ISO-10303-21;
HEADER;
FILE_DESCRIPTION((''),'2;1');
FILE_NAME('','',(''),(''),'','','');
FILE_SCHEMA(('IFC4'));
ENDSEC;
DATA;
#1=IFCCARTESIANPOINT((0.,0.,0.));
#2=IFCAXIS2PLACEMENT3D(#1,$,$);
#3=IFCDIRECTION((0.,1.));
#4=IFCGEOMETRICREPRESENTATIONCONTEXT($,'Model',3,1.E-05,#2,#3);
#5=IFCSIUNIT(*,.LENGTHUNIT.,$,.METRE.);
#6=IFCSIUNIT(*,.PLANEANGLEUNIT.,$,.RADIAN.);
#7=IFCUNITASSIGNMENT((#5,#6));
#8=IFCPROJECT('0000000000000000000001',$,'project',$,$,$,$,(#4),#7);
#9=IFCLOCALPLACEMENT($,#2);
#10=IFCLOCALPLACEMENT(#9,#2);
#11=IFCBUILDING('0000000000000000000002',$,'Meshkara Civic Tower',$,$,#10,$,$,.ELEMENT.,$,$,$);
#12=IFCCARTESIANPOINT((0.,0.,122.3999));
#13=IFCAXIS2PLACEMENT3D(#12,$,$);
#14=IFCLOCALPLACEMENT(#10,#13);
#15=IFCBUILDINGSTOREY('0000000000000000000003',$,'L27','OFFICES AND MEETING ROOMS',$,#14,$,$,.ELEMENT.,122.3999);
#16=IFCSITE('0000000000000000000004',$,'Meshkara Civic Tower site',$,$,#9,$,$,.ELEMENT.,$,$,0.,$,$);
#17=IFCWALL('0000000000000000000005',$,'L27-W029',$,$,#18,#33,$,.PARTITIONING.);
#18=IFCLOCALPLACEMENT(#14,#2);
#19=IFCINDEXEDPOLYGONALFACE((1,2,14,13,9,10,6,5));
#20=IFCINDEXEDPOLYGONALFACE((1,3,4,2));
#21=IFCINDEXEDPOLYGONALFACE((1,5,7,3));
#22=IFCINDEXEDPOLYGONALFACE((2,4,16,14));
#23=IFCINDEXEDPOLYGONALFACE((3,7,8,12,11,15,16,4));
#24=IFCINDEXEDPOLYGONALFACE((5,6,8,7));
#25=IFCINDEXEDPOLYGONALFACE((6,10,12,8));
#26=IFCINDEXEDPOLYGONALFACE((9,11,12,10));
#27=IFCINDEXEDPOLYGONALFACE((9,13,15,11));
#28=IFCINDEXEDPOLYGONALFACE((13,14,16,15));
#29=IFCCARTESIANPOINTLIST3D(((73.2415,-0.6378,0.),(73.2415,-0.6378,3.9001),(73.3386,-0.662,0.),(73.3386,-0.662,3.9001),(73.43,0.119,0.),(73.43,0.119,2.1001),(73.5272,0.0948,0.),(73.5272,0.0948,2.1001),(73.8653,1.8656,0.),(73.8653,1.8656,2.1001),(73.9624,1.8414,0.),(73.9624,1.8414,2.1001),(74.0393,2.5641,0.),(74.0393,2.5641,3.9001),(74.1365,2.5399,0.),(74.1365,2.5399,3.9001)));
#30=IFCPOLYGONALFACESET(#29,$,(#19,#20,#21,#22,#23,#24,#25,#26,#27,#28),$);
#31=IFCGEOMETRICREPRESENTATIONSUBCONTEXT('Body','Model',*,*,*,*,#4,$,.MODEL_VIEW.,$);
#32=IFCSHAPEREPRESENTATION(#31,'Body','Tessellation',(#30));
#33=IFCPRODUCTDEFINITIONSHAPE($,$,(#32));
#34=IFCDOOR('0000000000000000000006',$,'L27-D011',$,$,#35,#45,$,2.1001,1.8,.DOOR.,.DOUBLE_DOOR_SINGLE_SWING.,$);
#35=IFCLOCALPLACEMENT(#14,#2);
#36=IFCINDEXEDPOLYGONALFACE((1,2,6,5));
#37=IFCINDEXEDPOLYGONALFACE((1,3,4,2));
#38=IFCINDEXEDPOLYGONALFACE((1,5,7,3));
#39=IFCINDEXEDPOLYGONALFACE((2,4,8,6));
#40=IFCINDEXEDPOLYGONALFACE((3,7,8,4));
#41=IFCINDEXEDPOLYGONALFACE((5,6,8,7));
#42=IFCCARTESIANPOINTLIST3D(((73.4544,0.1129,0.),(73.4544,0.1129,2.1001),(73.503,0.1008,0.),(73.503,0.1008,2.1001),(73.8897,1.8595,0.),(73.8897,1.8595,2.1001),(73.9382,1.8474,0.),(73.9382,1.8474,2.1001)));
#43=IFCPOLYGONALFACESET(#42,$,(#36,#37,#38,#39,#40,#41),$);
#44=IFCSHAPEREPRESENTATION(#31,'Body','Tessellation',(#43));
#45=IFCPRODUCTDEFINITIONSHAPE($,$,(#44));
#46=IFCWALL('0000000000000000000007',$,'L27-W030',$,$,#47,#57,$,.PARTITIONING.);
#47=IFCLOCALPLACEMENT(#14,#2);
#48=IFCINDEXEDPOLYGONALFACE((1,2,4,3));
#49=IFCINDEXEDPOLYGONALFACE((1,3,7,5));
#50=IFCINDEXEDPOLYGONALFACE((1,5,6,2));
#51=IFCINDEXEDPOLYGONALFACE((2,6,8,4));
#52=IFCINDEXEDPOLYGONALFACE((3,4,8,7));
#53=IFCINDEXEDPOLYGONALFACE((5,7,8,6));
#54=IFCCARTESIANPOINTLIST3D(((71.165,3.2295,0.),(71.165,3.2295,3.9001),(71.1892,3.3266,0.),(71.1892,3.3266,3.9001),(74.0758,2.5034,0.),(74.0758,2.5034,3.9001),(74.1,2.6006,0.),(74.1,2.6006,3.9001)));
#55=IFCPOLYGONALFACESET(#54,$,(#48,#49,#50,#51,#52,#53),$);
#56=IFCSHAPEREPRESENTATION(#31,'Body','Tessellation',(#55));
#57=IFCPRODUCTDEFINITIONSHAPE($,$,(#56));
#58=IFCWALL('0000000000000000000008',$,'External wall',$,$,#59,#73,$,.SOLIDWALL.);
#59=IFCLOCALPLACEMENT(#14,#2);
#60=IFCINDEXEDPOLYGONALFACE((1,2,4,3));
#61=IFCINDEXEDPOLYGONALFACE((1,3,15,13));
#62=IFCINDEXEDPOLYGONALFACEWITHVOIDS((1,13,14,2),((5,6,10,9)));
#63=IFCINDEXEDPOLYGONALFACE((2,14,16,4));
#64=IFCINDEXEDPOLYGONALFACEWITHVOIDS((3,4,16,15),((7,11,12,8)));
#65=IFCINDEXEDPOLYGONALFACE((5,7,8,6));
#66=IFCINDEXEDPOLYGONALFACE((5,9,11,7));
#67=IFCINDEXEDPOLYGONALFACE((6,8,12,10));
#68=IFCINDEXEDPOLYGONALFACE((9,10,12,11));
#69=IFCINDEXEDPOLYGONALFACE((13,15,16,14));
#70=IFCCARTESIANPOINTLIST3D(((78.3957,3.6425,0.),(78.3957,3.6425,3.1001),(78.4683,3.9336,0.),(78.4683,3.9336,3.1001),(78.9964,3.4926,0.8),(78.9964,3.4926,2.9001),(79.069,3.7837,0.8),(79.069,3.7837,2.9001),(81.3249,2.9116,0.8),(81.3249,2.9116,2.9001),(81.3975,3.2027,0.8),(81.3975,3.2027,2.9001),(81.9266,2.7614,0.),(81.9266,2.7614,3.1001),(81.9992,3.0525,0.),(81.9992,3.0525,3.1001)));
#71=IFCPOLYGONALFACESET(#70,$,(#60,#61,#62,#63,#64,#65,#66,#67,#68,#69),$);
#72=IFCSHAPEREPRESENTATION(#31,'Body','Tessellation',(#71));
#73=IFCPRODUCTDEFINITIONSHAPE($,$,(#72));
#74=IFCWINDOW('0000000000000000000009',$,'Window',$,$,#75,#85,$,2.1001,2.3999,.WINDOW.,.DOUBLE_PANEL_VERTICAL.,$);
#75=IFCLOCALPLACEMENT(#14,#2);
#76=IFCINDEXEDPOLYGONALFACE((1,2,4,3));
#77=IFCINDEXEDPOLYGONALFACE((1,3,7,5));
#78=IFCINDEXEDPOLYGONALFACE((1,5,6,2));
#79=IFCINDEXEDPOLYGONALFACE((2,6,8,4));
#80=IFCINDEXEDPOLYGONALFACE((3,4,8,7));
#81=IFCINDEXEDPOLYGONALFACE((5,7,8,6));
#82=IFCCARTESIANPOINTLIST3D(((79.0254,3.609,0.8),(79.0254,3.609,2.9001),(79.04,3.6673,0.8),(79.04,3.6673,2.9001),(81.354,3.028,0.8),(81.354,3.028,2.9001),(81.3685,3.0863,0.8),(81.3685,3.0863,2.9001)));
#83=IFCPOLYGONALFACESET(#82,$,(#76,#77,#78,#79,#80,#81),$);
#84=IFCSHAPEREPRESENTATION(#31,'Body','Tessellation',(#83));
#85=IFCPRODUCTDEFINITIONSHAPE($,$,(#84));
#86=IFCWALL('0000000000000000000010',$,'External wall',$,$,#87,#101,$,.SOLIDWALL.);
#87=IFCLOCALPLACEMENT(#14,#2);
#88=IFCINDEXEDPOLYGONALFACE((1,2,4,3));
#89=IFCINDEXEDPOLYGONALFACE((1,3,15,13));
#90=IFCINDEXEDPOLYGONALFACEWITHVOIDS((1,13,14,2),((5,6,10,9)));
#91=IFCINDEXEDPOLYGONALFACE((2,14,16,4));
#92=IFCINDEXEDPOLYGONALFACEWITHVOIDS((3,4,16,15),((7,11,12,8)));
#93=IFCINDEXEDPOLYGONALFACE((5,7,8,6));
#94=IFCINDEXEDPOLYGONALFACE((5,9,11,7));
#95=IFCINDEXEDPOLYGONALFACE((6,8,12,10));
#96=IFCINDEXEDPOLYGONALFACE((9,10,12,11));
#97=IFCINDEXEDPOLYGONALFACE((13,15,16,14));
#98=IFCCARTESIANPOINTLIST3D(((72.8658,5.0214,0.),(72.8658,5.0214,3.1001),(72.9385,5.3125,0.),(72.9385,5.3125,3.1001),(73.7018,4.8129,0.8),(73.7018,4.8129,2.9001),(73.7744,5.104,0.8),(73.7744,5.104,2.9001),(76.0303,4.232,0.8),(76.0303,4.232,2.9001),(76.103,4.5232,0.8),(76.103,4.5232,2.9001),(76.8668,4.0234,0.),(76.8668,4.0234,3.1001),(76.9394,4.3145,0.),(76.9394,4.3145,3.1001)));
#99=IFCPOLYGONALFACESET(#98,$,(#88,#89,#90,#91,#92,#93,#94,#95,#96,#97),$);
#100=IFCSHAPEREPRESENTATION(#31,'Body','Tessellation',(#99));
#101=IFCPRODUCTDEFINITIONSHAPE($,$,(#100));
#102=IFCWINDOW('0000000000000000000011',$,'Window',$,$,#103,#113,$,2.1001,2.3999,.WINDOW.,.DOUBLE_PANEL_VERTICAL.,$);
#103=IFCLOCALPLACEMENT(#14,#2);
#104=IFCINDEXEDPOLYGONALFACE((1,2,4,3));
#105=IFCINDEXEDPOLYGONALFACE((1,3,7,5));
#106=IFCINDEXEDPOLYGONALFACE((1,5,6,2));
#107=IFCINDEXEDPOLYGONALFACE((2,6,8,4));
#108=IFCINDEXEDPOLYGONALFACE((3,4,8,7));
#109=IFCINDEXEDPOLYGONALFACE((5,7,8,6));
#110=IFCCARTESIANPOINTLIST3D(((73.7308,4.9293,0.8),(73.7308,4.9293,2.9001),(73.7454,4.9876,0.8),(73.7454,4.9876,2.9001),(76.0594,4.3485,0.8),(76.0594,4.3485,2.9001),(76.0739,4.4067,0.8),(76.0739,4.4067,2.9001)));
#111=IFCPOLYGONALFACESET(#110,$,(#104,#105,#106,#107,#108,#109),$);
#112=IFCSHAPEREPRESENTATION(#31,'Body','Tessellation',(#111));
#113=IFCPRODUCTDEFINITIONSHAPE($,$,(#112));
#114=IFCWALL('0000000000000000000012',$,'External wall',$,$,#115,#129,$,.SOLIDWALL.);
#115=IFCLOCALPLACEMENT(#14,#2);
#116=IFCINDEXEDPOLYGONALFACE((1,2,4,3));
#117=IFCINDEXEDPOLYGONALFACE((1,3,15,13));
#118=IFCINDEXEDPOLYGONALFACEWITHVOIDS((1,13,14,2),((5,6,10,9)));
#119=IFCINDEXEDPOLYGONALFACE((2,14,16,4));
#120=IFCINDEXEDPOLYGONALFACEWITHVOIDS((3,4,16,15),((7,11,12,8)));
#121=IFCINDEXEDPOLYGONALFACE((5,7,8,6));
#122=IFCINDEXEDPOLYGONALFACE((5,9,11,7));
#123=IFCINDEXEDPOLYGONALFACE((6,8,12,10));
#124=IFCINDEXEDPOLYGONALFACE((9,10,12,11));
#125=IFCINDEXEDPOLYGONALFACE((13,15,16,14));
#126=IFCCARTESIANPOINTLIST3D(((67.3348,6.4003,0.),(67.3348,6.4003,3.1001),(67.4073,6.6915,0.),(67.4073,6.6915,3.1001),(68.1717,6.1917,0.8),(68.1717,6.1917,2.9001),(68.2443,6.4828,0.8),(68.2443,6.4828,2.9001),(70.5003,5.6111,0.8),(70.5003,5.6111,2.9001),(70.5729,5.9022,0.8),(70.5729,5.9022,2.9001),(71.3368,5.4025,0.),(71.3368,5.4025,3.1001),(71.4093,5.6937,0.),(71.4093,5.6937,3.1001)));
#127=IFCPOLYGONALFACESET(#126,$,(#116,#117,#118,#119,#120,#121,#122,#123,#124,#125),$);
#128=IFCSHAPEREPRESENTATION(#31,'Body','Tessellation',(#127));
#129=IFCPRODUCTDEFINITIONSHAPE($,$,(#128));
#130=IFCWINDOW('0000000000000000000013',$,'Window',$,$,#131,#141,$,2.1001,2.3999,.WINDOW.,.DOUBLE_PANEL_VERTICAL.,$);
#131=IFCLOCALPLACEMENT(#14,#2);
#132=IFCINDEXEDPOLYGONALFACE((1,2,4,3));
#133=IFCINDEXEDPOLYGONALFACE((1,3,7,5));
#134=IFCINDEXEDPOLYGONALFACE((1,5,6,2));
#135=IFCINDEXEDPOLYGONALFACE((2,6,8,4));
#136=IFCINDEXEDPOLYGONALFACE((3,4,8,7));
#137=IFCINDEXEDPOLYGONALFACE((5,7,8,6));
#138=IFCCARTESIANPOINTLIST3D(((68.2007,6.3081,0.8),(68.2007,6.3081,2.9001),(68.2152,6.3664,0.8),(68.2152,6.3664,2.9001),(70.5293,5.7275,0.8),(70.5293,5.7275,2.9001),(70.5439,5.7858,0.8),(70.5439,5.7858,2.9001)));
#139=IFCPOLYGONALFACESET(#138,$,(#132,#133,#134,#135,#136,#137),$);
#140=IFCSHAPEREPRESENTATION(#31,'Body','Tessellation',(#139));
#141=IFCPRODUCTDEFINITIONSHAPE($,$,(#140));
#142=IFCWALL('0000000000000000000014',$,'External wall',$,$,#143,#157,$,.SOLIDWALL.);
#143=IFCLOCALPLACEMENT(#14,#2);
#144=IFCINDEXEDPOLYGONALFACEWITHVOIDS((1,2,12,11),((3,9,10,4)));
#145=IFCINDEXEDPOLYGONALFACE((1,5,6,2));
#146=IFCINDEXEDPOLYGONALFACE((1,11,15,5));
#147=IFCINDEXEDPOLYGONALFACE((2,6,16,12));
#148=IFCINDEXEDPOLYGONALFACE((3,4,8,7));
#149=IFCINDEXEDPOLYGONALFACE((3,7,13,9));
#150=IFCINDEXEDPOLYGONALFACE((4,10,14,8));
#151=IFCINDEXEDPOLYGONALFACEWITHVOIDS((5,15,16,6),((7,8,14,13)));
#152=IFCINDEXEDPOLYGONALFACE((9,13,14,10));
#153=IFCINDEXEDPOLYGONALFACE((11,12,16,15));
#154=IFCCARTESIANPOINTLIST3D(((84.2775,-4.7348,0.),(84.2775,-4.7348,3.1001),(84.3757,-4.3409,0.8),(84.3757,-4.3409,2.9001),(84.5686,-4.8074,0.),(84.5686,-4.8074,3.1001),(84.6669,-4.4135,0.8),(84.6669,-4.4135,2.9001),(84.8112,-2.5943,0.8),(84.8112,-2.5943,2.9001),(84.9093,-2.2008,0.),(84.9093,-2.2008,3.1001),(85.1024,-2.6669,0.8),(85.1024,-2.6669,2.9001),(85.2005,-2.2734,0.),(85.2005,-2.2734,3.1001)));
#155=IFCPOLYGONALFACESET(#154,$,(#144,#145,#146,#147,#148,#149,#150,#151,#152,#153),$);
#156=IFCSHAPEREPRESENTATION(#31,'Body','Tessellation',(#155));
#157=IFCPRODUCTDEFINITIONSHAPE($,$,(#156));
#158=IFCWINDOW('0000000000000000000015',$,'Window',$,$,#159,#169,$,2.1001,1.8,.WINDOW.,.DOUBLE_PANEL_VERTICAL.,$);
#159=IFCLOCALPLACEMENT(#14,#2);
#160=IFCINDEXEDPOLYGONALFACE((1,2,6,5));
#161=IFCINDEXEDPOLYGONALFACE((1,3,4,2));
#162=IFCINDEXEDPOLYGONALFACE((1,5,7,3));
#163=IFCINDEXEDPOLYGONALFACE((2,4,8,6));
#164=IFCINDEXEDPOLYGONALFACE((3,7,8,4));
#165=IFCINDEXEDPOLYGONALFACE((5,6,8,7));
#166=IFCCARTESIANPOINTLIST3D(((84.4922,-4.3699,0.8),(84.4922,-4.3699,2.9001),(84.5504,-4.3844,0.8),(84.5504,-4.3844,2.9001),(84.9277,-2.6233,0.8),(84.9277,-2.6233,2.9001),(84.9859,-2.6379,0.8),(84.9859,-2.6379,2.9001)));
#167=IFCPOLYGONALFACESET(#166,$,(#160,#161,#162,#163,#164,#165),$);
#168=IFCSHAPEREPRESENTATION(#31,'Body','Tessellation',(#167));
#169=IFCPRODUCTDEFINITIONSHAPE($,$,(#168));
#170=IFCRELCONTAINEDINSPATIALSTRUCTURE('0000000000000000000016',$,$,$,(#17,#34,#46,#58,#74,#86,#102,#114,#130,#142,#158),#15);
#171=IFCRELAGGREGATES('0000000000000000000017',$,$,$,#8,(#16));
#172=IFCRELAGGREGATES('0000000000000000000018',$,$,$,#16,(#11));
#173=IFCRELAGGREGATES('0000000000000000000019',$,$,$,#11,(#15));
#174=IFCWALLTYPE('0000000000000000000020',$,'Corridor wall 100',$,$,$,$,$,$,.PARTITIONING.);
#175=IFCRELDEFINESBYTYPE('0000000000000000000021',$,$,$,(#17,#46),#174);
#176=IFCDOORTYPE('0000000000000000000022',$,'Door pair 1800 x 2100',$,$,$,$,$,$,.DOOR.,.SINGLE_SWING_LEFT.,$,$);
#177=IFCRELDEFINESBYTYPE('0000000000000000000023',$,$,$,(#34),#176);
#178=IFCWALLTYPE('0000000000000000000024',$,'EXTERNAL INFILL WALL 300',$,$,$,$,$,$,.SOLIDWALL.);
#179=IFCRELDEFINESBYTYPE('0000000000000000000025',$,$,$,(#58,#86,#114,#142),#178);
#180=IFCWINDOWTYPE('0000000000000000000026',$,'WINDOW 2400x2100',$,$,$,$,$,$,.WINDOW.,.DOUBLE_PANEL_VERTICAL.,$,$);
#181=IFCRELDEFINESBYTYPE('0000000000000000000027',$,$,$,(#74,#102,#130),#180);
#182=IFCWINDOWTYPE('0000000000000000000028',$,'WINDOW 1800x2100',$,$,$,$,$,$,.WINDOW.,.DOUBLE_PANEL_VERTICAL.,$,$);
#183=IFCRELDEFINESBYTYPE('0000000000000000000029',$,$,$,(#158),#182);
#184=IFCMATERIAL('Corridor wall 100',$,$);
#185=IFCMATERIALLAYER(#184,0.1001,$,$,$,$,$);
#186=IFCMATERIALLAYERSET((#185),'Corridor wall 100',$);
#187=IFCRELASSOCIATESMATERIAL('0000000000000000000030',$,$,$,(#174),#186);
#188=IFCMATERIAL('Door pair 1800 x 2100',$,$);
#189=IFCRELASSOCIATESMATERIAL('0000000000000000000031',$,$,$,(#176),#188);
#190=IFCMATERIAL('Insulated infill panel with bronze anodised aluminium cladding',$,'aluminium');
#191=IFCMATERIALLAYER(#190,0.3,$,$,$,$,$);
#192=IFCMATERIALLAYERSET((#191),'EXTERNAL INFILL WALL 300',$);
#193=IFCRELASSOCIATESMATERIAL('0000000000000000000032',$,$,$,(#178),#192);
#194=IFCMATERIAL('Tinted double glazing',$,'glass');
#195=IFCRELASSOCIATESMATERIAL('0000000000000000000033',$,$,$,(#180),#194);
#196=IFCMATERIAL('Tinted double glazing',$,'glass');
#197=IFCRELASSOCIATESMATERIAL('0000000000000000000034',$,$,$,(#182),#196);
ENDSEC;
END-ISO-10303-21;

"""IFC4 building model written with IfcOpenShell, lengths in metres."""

from ifc_helpers import new_model, si_unit, direction, frame, frame_2d, origin, place, context, subcontext, project, spatial, rectangle, extrude, material, layer, layer_set, type_object, element, fill, save


model = new_model("IFC4")

# Units and contexts
model_context = context("Model", 3, precision=1e-05, world=origin(), true_north=direction((0.0, 1.0)))
body_context = subcontext(model_context, "Body", "Model", "MODEL_VIEW")
ifc_project = project(units=[si_unit("LENGTHUNIT", "METRE"), si_unit("PLANEANGLEUNIT", "RADIAN")], contexts=[model_context])

# Site, building, storey
site_placement = place(None, origin())
site = spatial("IfcSite", under=ifc_project, at=site_placement, Name="Meshkara Civic Tower site", CompositionType="ELEMENT", RefElevation=0.0)
building_placement = place(site_placement, origin())
building = spatial("IfcBuilding", under=site, at=building_placement, Name="Meshkara Civic Tower", CompositionType="ELEMENT")
storey_placement = place(building_placement, frame((0.0, 0.0, 122.3999)))
storey = spatial("IfcBuildingStorey", under=building, at=storey_placement, Name="L27", Description="OFFICES AND MEETING ROOMS", CompositionType="ELEMENT", Elevation=122.3999)

# Shared definitions
ifc_material_1 = material(Name="Corridor wall 100")
ifc_layer_1 = layer(ifc_material_1, 0.1001)
ifc_layer_set_1 = layer_set([ifc_layer_1], Name="Corridor wall 100")
wall_type_1 = type_object("IfcWallType", Name="Corridor wall 100", PredefinedType="PARTITIONING", material=ifc_layer_set_1)

# Wall, opening, door
ifc_material_2 = material(Name="Door pair 1800 x 2100")
door_type = type_object("IfcDoorType", Name="Door pair 1800 x 2100", OperationType="SINGLE_SWING_LEFT", PredefinedType="DOOR", material=ifc_material_2)
wall_1_placement = place(storey_placement, frame((73.29, -0.6499, 0.0), z_axis=(0.0, 0.0, 1.0), x_axis=(0.241787, 0.970329, 0.0)))
wall_1 = element("IfcWall", 1, at=wall_1_placement, inside=storey, type_object=wall_type_1, Name="L27-W029", PredefinedType="PARTITIONING", context=body_context, shape_type="SweptSolid", body=[
    extrude(rectangle(XDim=3.2998, YDim=0.1001, at=frame_2d((1.6499, 0.0))), origin(), (0.0, 0.0, 1.0), 3.9001),
])
opening_1_placement = place(wall_1_placement, frame((0.78, 0.0, 0.0)))
opening_1 = element("IfcOpeningElement", 2, at=opening_1_placement, cuts=wall_1, PredefinedType="OPENING", context=body_context, shape_type="SweptSolid", body=[
    extrude(rectangle(XDim=1.8, YDim=2.1001, at=frame_2d((0.8999, 1.05))), frame((0.0, 0.0601, 0.0), z_axis=(0.0, -1.0, 0.0), x_axis=(1.0, 0.0, 0.0)), (0.0, 0.0, 1.0), 0.1201),
])
door_1_placement = place(opening_1_placement, origin())
door_1 = element("IfcDoor", 3, at=door_1_placement, inside=storey, type_object=door_type, Name="L27-D011", OperationType="DOUBLE_DOOR_SINGLE_SWING", OverallHeight=2.1001, OverallWidth=1.8, PredefinedType="DOOR", context=body_context, shape_type="SweptSolid", body=[
    extrude(rectangle(XDim=1.8, YDim=2.1001, at=frame_2d((0.8999, 1.05))), frame((0.0, 0.0249, 0.0), z_axis=(0.0, -1.0, 0.0), x_axis=(1.0, 0.0, 0.0)), (0.0, 0.0, 1.0), 0.05),
])
fill(opening_1, door_1)

# Wall
wall_2_placement = place(storey_placement, frame((74.0879, 2.552, 0.0), z_axis=(0.0, 0.0, 1.0), x_axis=(-0.970272, 0.242019, 0.0)))
element("IfcWall", 4, at=wall_2_placement, inside=storey, type_object=wall_type_1, Name="L27-W030", PredefinedType="PARTITIONING", context=body_context, shape_type="SweptSolid", body=[
    extrude(rectangle(XDim=3.0, YDim=0.1001, at=frame_2d((1.5, 0.0))), origin(), (0.0, 0.0, 1.0), 3.9001),
])

# Walls, openings, windows
ifc_material_3 = material(Name="Insulated infill panel with bronze anodised aluminium cladding", Category="aluminium")
ifc_layer_2 = layer(ifc_material_3, 0.3)
ifc_layer_set_2 = layer_set([ifc_layer_2], Name="EXTERNAL INFILL WALL 300")
wall_type_2 = type_object("IfcWallType", Name="EXTERNAL INFILL WALL 300", PredefinedType="SOLIDWALL", material=ifc_layer_set_2)
wall_3_placement = place(storey_placement, frame((81.9629, 2.907, 0.0), z_axis=(0.0, 0.0, 1.0), x_axis=(-0.970249, 0.242109, 0.0)))
wall_3 = element("IfcWall", 5, at=wall_3_placement, inside=storey, type_object=wall_type_2, Name="External wall", PredefinedType="SOLIDWALL", context=body_context, shape_type="SweptSolid", body=[
    extrude(rectangle(XDim=3.6392, YDim=0.3, at=frame_2d((1.8196, 0.0))), origin(), (0.0, 0.0, 1.0), 3.1001),
])
opening_2_placement = place(wall_3_placement, frame((0.6201, 0.0, 0.8)))
opening_2 = element("IfcOpeningElement", 6, at=opening_2_placement, cuts=wall_3, PredefinedType="OPENING", context=body_context, shape_type="SweptSolid", body=[
    extrude(rectangle(XDim=2.3999, YDim=2.1001, at=frame_2d((1.2, 1.05))), frame((0.0, 0.1599, 0.0), z_axis=(0.0, -1.0, 0.0), x_axis=(1.0, 0.0, 0.0)), (0.0, 0.0, 1.0), 0.3201),
])
ifc_material_4 = material(Name="Tinted double glazing", Category="glass")
window_type_1 = type_object("IfcWindowType", Name="WINDOW 2400x2100", PartitioningType="DOUBLE_PANEL_VERTICAL", PredefinedType="WINDOW", material=ifc_material_4)
window_1_placement = place(opening_2_placement, origin())
window_1 = element("IfcWindow", 7, at=window_1_placement, inside=storey, type_object=window_type_1, Name="Window", OverallHeight=2.1001, OverallWidth=2.3999, PartitioningType="DOUBLE_PANEL_VERTICAL", PredefinedType="WINDOW", context=body_context, shape_type="SweptSolid", body=[
    extrude(rectangle(XDim=2.3999, YDim=2.1001, at=frame_2d((1.2, 1.05))), frame((0.0, 0.03, 0.0), z_axis=(0.0, -1.0, 0.0), x_axis=(1.0, 0.0, 0.0)), (0.0, 0.0, 1.0), 0.0601),
])
fill(opening_2, window_1)
wall_4_placement = place(storey_placement, frame((76.9031, 4.1689, 0.0), z_axis=(0.0, 0.0, 1.0), x_axis=(-0.970268, 0.242034, 0.0)))
wall_4 = element("IfcWall", 8, at=wall_4_placement, inside=storey, type_object=wall_type_2, Name="External wall", PredefinedType="SOLIDWALL", context=body_context, shape_type="SweptSolid", body=[
    extrude(rectangle(XDim=4.1235, YDim=0.3, at=frame_2d((2.0618, 0.0))), origin(), (0.0, 0.0, 1.0), 3.1001),
])
opening_3_placement = place(wall_4_placement, frame((0.8621, 0.0, 0.8)))
opening_3 = element("IfcOpeningElement", 9, at=opening_3_placement, cuts=wall_4, PredefinedType="OPENING", context=body_context, shape_type="SweptSolid", body=[
    extrude(rectangle(XDim=2.3999, YDim=2.1001, at=frame_2d((1.2, 1.05))), frame((0.0, 0.1599, 0.0), z_axis=(0.0, -1.0, 0.0), x_axis=(1.0, 0.0, 0.0)), (0.0, 0.0, 1.0), 0.3201),
])
window_2_placement = place(opening_3_placement, origin())
window_2 = element("IfcWindow", 10, at=window_2_placement, inside=storey, type_object=window_type_1, Name="Window", OverallHeight=2.1001, OverallWidth=2.3999, PartitioningType="DOUBLE_PANEL_VERTICAL", PredefinedType="WINDOW", context=body_context, shape_type="SweptSolid", body=[
    extrude(rectangle(XDim=2.3999, YDim=2.1001, at=frame_2d((1.2, 1.05))), frame((0.0, 0.03, 0.0), z_axis=(0.0, -1.0, 0.0), x_axis=(1.0, 0.0, 0.0)), (0.0, 0.0, 1.0), 0.0601),
])
fill(opening_3, window_2)
wall_5_placement = place(storey_placement, frame((71.373, 5.5481, 0.0), z_axis=(0.0, 0.0, 1.0), x_axis=(-0.970296, 0.241923, 0.0)))
wall_5 = element("IfcWall", 11, at=wall_5_placement, inside=storey, type_object=wall_type_2, Name="External wall", PredefinedType="SOLIDWALL", context=body_context, shape_type="SweptSolid", body=[
    extrude(rectangle(XDim=4.1245, YDim=0.3, at=frame_2d((2.0623, 0.0))), origin(), (0.0, 0.0, 1.0), 3.1001),
])
opening_4_placement = place(wall_5_placement, frame((0.8621, 0.0, 0.8)))
opening_4 = element("IfcOpeningElement", 12, at=opening_4_placement, cuts=wall_5, PredefinedType="OPENING", context=body_context, shape_type="SweptSolid", body=[
    extrude(rectangle(XDim=2.3999, YDim=2.1001, at=frame_2d((1.2, 1.05))), frame((0.0, 0.1599, 0.0), z_axis=(0.0, -1.0, 0.0), x_axis=(1.0, 0.0, 0.0)), (0.0, 0.0, 1.0), 0.3201),
])
window_3_placement = place(opening_4_placement, origin())
window_3 = element("IfcWindow", 13, at=window_3_placement, inside=storey, type_object=window_type_1, Name="Window", OverallHeight=2.1001, OverallWidth=2.3999, PartitioningType="DOUBLE_PANEL_VERTICAL", PredefinedType="WINDOW", context=body_context, shape_type="SweptSolid", body=[
    extrude(rectangle(XDim=2.3999, YDim=2.1001, at=frame_2d((1.2, 1.05))), frame((0.0, 0.03, 0.0), z_axis=(0.0, -1.0, 0.0), x_axis=(1.0, 0.0, 0.0)), (0.0, 0.0, 1.0), 0.0601),
])
fill(opening_4, window_3)
wall_6_placement = place(storey_placement, frame((84.4231, -4.771, 0.0), z_axis=(0.0, 0.0, 1.0), x_axis=(0.241942, 0.970291, 0.0)))
wall_6 = element("IfcWall", 14, at=wall_6_placement, inside=storey, type_object=wall_type_2, Name="External wall", PredefinedType="SOLIDWALL", context=body_context, shape_type="SweptSolid", body=[
    extrude(rectangle(XDim=2.6116, YDim=0.3, at=frame_2d((1.3057, 0.0))), origin(), (0.0, 0.0, 1.0), 3.1001),
])
opening_5_placement = place(wall_6_placement, frame((0.406, 0.0, 0.8)))
opening_5 = element("IfcOpeningElement", 15, at=opening_5_placement, cuts=wall_6, PredefinedType="OPENING", context=body_context, shape_type="SweptSolid", body=[
    extrude(rectangle(XDim=1.8, YDim=2.1001, at=frame_2d((0.8999, 1.05))), frame((0.0, 0.1599, 0.0), z_axis=(0.0, -1.0, 0.0), x_axis=(1.0, 0.0, 0.0)), (0.0, 0.0, 1.0), 0.3201),
])
ifc_material_5 = material(Name="Tinted double glazing", Category="glass")
window_type_2 = type_object("IfcWindowType", Name="WINDOW 1800x2100", PartitioningType="DOUBLE_PANEL_VERTICAL", PredefinedType="WINDOW", material=ifc_material_5)
window_4_placement = place(opening_5_placement, origin())
window_4 = element("IfcWindow", 16, at=window_4_placement, inside=storey, type_object=window_type_2, Name="Window", OverallHeight=2.1001, OverallWidth=1.8, PartitioningType="DOUBLE_PANEL_VERTICAL", PredefinedType="WINDOW", context=body_context, shape_type="SweptSolid", body=[
    extrude(rectangle(XDim=1.8, YDim=2.1001, at=frame_2d((0.8999, 1.05))), frame((0.0, 0.03, 0.0), z_axis=(0.0, -1.0, 0.0), x_axis=(1.0, 0.0, 0.0)), (0.0, 0.0, 1.0), 0.0601),
])
fill(opening_5, window_4)

save(model, "model.ifc")
